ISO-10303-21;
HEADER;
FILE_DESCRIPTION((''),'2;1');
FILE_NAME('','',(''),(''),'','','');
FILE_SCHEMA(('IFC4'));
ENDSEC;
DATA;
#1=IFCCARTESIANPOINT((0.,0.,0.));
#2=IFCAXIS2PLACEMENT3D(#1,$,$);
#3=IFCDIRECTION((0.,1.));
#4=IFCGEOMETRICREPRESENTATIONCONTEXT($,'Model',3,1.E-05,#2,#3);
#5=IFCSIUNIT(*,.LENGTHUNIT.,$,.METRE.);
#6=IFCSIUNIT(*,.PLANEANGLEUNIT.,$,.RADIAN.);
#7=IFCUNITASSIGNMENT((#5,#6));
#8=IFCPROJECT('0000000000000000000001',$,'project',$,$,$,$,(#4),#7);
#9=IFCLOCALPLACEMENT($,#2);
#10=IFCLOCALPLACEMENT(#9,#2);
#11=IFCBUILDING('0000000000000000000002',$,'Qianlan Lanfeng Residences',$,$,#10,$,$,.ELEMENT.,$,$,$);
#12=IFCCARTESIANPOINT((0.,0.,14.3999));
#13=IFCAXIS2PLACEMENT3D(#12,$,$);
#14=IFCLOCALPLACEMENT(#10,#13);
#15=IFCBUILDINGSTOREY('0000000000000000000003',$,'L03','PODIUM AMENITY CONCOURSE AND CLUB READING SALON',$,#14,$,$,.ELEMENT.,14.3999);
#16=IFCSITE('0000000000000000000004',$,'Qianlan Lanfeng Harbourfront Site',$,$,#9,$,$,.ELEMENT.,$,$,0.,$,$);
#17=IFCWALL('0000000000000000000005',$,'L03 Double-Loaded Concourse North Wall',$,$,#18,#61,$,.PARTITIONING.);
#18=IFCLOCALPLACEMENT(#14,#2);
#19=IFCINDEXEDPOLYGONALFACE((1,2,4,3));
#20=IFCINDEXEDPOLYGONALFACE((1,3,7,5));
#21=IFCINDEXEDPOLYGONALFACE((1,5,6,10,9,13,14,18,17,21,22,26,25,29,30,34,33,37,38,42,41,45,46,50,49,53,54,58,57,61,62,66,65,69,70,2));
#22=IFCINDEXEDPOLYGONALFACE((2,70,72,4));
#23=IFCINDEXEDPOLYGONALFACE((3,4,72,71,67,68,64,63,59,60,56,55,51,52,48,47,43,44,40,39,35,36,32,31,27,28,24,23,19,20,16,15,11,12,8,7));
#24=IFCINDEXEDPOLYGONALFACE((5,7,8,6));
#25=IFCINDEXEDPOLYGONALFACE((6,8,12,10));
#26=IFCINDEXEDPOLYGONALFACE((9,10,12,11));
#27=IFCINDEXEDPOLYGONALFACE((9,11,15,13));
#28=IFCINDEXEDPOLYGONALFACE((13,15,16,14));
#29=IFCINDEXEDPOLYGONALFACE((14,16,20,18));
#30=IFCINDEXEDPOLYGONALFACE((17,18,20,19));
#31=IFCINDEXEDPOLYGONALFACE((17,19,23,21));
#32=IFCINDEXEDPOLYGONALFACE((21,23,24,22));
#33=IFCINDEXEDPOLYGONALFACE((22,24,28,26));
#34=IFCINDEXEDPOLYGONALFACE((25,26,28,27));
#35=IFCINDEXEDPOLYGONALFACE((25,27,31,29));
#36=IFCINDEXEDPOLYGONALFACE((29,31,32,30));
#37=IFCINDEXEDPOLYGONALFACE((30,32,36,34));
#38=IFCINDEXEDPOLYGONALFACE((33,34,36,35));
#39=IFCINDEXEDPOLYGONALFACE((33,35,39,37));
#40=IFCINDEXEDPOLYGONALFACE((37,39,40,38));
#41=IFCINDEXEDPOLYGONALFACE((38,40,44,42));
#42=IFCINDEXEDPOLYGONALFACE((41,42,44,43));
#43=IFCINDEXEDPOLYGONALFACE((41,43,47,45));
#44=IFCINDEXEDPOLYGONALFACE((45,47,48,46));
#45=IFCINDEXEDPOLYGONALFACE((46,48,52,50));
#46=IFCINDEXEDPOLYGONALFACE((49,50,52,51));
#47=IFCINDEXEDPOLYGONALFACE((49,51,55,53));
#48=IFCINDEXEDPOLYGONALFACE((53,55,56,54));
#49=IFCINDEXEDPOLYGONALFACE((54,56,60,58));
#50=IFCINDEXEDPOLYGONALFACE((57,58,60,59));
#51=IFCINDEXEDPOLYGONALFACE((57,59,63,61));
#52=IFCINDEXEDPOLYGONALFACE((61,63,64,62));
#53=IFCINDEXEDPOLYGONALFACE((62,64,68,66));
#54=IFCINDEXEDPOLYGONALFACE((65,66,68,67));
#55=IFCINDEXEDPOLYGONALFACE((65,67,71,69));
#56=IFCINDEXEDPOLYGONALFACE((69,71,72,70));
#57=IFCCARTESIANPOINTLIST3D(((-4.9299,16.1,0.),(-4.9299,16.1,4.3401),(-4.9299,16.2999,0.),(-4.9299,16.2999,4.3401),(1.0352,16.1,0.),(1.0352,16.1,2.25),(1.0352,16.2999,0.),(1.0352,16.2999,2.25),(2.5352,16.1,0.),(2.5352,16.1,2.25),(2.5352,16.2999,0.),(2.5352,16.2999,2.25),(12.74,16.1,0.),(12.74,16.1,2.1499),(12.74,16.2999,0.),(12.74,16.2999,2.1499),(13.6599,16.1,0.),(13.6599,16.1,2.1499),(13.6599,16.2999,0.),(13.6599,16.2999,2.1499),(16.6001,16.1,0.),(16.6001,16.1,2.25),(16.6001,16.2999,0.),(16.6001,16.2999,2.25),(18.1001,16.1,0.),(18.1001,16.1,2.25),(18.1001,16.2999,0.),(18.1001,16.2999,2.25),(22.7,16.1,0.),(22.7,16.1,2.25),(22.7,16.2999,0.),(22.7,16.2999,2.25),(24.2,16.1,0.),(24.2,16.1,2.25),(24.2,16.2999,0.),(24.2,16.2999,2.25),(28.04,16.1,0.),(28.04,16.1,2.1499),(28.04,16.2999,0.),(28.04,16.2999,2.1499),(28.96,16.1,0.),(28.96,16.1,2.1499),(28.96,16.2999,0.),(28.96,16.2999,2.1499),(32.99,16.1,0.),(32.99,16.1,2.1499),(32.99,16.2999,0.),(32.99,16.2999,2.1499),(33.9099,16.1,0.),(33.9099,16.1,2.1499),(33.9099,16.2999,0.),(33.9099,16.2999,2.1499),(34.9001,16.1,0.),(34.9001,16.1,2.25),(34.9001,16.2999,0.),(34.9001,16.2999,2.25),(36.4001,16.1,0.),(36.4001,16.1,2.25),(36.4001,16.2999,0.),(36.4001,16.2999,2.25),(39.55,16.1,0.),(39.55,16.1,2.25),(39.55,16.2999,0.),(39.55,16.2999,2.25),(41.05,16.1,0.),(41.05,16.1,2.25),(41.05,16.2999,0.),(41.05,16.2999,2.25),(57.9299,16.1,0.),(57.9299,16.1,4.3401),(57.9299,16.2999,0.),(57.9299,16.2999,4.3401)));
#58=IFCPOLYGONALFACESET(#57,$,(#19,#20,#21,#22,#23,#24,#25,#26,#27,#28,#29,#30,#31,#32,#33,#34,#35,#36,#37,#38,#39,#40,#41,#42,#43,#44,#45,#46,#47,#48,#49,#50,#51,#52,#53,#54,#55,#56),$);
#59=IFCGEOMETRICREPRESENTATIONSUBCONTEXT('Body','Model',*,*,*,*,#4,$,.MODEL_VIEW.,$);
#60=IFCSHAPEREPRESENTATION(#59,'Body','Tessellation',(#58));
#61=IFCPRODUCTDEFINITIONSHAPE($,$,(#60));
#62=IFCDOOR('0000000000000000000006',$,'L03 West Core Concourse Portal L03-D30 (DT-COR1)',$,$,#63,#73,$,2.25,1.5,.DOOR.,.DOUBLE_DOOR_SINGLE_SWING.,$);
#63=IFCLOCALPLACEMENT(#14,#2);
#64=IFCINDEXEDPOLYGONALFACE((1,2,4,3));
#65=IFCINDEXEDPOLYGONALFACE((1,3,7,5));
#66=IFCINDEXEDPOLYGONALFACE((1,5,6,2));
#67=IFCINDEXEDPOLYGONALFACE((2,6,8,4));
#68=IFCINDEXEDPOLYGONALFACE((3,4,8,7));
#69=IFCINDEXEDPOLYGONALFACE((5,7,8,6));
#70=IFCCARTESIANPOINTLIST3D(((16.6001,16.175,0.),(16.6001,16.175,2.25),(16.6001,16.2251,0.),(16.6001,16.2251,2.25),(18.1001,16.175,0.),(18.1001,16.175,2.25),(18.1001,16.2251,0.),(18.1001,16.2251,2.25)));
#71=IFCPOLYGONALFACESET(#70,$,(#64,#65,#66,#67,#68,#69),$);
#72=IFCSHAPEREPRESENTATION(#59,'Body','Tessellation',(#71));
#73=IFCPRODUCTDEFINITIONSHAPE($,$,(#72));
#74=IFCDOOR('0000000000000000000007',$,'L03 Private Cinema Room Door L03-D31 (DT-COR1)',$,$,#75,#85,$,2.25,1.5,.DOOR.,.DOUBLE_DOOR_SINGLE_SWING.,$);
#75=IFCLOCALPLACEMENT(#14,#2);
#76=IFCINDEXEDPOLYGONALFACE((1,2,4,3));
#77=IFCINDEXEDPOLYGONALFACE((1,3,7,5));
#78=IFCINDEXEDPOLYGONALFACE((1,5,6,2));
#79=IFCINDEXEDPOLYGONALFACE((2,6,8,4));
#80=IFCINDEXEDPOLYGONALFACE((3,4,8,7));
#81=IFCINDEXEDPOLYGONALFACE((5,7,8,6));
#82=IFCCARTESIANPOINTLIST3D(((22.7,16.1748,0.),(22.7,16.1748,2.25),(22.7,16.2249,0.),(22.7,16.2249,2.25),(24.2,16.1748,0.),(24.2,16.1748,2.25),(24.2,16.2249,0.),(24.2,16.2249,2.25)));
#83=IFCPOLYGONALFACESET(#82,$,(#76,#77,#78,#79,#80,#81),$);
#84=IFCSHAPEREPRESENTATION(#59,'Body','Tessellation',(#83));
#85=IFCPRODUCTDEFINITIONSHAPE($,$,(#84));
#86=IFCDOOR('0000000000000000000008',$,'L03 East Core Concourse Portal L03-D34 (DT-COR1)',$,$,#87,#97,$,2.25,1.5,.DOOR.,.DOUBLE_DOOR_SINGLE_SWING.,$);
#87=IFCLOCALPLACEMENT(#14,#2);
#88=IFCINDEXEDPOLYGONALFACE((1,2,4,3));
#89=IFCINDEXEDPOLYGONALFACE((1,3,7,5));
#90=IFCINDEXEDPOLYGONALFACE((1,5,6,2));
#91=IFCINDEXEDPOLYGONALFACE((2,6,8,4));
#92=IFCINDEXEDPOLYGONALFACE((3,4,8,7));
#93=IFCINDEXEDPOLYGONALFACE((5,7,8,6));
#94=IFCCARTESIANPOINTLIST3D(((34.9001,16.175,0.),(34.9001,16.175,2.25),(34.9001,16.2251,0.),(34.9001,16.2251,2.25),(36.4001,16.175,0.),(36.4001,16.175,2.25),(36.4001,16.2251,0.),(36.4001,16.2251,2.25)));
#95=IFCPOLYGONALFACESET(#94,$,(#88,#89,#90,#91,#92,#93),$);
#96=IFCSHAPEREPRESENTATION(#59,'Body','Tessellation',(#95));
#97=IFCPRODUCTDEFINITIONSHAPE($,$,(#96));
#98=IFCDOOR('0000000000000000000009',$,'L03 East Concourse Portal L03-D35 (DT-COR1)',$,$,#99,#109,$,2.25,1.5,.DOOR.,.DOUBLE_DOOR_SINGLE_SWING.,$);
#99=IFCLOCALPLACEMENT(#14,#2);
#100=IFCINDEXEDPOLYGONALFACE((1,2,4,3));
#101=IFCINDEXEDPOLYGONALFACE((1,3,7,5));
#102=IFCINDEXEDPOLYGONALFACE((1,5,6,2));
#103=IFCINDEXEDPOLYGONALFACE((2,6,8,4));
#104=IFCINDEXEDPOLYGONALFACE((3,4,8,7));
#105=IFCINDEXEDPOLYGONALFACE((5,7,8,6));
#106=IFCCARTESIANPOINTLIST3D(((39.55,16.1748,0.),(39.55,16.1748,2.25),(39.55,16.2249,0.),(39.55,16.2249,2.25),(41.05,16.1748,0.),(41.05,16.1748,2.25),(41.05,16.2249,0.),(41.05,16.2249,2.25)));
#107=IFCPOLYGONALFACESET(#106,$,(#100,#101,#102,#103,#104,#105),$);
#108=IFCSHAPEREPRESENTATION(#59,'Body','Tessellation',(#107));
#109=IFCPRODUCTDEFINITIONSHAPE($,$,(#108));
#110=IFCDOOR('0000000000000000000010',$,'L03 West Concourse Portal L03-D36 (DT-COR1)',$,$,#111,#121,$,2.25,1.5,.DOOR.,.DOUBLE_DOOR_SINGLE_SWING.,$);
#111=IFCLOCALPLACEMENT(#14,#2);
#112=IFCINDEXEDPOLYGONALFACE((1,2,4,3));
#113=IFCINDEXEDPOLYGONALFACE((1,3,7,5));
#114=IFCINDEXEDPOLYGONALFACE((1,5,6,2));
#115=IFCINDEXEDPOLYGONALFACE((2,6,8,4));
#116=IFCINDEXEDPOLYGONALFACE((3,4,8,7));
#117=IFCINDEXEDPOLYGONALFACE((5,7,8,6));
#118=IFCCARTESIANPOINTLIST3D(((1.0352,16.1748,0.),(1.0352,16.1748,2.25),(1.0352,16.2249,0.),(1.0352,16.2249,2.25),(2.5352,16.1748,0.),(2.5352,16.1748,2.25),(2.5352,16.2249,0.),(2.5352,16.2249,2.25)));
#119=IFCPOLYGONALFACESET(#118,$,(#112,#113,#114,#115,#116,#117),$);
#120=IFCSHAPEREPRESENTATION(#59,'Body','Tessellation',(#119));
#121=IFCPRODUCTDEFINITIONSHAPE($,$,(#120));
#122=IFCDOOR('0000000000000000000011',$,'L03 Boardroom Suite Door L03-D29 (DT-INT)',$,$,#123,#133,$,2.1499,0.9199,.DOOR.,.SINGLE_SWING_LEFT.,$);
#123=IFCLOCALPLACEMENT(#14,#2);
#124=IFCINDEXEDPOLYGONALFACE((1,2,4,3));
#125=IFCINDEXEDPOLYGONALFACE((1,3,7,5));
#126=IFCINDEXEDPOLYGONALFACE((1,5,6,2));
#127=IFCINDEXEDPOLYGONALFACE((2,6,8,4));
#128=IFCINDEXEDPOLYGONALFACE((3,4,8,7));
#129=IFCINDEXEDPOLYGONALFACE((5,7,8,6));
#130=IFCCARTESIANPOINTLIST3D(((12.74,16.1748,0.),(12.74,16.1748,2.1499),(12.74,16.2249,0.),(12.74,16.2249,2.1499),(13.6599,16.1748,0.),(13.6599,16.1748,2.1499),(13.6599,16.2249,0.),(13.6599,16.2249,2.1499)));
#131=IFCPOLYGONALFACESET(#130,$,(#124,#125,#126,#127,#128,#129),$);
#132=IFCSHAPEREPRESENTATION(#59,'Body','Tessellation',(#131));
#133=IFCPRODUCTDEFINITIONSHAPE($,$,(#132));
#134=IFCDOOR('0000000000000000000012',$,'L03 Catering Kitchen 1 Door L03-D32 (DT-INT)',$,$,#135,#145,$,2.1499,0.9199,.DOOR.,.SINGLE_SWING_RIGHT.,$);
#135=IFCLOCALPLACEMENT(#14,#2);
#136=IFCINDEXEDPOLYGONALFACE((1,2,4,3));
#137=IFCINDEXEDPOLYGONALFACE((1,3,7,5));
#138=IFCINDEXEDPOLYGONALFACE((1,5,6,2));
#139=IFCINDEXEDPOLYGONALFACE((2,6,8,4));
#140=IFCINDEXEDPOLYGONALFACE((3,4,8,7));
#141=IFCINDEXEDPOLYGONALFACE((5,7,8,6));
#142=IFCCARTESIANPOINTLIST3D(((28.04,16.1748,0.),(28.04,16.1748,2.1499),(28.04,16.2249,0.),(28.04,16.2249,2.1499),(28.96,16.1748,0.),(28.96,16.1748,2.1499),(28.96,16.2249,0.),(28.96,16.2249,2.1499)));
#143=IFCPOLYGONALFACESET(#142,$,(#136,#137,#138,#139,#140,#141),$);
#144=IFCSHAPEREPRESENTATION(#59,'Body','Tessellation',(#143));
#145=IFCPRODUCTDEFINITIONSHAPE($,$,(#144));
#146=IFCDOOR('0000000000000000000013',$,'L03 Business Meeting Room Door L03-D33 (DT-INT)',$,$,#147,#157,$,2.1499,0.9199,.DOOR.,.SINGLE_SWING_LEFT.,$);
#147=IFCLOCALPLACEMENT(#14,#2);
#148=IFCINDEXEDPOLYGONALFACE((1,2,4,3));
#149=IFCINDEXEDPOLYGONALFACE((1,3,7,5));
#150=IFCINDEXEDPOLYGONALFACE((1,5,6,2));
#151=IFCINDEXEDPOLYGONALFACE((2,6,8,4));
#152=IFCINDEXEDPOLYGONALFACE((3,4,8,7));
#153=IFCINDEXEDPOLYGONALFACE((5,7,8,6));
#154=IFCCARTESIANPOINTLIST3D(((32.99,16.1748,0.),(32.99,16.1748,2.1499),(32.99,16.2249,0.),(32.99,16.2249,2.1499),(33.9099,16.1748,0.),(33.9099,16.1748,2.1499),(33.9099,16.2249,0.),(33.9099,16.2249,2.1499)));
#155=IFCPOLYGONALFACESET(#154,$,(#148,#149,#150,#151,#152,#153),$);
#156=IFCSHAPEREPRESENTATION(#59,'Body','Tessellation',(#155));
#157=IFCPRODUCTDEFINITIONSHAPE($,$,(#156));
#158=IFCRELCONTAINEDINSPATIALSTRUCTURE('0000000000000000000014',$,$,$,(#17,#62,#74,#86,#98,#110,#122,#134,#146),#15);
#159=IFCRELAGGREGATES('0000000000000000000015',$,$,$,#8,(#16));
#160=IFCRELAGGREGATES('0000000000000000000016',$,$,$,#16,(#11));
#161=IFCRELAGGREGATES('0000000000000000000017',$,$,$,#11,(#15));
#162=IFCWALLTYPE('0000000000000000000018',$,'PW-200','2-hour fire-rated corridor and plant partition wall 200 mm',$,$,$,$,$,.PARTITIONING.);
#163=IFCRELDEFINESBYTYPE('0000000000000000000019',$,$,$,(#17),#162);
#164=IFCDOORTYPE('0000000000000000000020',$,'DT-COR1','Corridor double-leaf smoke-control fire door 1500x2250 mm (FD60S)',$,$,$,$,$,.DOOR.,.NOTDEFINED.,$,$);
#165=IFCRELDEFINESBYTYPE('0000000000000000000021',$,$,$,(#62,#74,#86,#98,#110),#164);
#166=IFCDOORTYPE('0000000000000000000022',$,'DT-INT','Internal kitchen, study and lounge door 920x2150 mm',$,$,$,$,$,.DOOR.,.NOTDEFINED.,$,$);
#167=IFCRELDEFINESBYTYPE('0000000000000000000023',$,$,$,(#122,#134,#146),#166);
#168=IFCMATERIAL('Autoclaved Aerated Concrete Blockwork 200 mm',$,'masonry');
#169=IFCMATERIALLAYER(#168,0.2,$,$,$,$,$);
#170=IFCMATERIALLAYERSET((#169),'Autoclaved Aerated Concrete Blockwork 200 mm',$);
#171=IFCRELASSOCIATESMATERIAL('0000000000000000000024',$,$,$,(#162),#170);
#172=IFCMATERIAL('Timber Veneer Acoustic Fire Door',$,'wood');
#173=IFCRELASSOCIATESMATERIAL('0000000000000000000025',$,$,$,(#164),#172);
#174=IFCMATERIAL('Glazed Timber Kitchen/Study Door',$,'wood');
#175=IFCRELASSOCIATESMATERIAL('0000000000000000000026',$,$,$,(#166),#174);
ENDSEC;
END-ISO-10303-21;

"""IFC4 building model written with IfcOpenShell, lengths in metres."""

from ifc_helpers import new_model, si_unit, direction, frame, frame_2d, origin, place, context, subcontext, project, spatial, rectangle, extrude, material, layer, layer_set, type_object, element, fill, save


model = new_model("IFC4")

# Units and contexts
model_context = context("Model", 3, precision=1e-05, world=origin(), true_north=direction((0.0, 1.0)))
body_context = subcontext(model_context, "Body", "Model", "MODEL_VIEW")
ifc_project = project(units=[si_unit("LENGTHUNIT", "METRE"), si_unit("PLANEANGLEUNIT", "RADIAN")], contexts=[model_context])

# Site, building, storey
site_placement = place(None, origin())
site = spatial("IfcSite", under=ifc_project, at=site_placement, Name="Qianlan Lanfeng Harbourfront Site", CompositionType="ELEMENT", RefElevation=0.0)
building_placement = place(site_placement, origin())
building = spatial("IfcBuilding", under=site, at=building_placement, Name="Qianlan Lanfeng Residences", CompositionType="ELEMENT")
storey_placement = place(building_placement, frame((0.0, 0.0, 14.3999)))
storey = spatial("IfcBuildingStorey", under=building, at=storey_placement, Name="L03", Description="PODIUM AMENITY CONCOURSE AND CLUB READING SALON", CompositionType="ELEMENT", Elevation=14.3999)

# Wall, openings, doors
ifc_material_1 = material(Name="Autoclaved Aerated Concrete Blockwork 200 mm", Category="masonry")
ifc_layer_1 = layer(ifc_material_1, 0.2)
ifc_layer_set_1 = layer_set([ifc_layer_1], Name="Autoclaved Aerated Concrete Blockwork 200 mm")
wall_type = type_object("IfcWallType", Name="PW-200", Description="2-hour fire-rated corridor and plant partition wall 200 mm", PredefinedType="PARTITIONING", material=ifc_layer_set_1)
wall_placement = place(storey_placement, frame((-4.9299, 16.2, 0.0), z_axis=(0.0, 0.0, 1.0), x_axis=(1.0, 0.0, 0.0)))
wall = element("IfcWall", 1, at=wall_placement, inside=storey, type_object=wall_type, Name="L03 Double-Loaded Concourse North Wall", PredefinedType="PARTITIONING", context=body_context, shape_type="SweptSolid", body=[
    extrude(rectangle(XDim=62.8599, YDim=0.2, at=frame_2d((31.4299, 0.0))), origin(), (0.0, 0.0, 1.0), 4.3401),
])
opening_1_placement = place(wall_placement, frame((17.6699, 0.0, 0.0)))
opening_1 = element("IfcOpeningElement", 2, at=opening_1_placement, cuts=wall, PredefinedType="OPENING", context=body_context, shape_type="SweptSolid", body=[
    extrude(rectangle(XDim=0.9199, YDim=2.1499, at=frame_2d((0.46, 1.075))), frame((0.0, 0.1099, 0.0), z_axis=(0.0, -1.0, 0.0), x_axis=(1.0, 0.0, 0.0)), (0.0, 0.0, 1.0), 0.22),
])
opening_2_placement = place(wall_placement, frame((21.53, 0.0, 0.0)))
opening_2 = element("IfcOpeningElement", 3, at=opening_2_placement, cuts=wall, PredefinedType="OPENING", context=body_context, shape_type="SweptSolid", body=[
    extrude(rectangle(XDim=1.5, YDim=2.25, at=frame_2d((0.75, 1.125))), frame((0.0, 0.1099, 0.0), z_axis=(0.0, -1.0, 0.0), x_axis=(1.0, 0.0, 0.0)), (0.0, 0.0, 1.0), 0.22),
])
opening_3_placement = place(wall_placement, frame((27.6299, 0.0, 0.0)))
opening_3 = element("IfcOpeningElement", 4, at=opening_3_placement, cuts=wall, PredefinedType="OPENING", context=body_context, shape_type="SweptSolid", body=[
    extrude(rectangle(XDim=1.5, YDim=2.25, at=frame_2d((0.75, 1.125))), frame((0.0, 0.1099, 0.0), z_axis=(0.0, -1.0, 0.0), x_axis=(1.0, 0.0, 0.0)), (0.0, 0.0, 1.0), 0.22),
])
opening_4_placement = place(wall_placement, frame((32.97, 0.0, 0.0)))
opening_4 = element("IfcOpeningElement", 5, at=opening_4_placement, cuts=wall, PredefinedType="OPENING", context=body_context, shape_type="SweptSolid", body=[
    extrude(rectangle(XDim=0.9199, YDim=2.1499, at=frame_2d((0.46, 1.075))), frame((0.0, 0.1099, 0.0), z_axis=(0.0, -1.0, 0.0), x_axis=(1.0, 0.0, 0.0)), (0.0, 0.0, 1.0), 0.22),
])
opening_5_placement = place(wall_placement, frame((37.9199, 0.0, 0.0)))
opening_5 = element("IfcOpeningElement", 6, at=opening_5_placement, cuts=wall, PredefinedType="OPENING", context=body_context, shape_type="SweptSolid", body=[
    extrude(rectangle(XDim=0.9199, YDim=2.1499, at=frame_2d((0.46, 1.075))), frame((0.0, 0.1099, 0.0), z_axis=(0.0, -1.0, 0.0), x_axis=(1.0, 0.0, 0.0)), (0.0, 0.0, 1.0), 0.22),
])
opening_6_placement = place(wall_placement, frame((39.8301, 0.0, 0.0)))
opening_6 = element("IfcOpeningElement", 7, at=opening_6_placement, cuts=wall, PredefinedType="OPENING", context=body_context, shape_type="SweptSolid", body=[
    extrude(rectangle(XDim=1.5, YDim=2.25, at=frame_2d((0.75, 1.125))), frame((0.0, 0.1099, 0.0), z_axis=(0.0, -1.0, 0.0), x_axis=(1.0, 0.0, 0.0)), (0.0, 0.0, 1.0), 0.22),
])
opening_7_placement = place(wall_placement, frame((44.48, 0.0, 0.0)))
opening_7 = element("IfcOpeningElement", 8, at=opening_7_placement, cuts=wall, PredefinedType="OPENING", context=body_context, shape_type="SweptSolid", body=[
    extrude(rectangle(XDim=1.5, YDim=2.25, at=frame_2d((0.75, 1.125))), frame((0.0, 0.1099, 0.0), z_axis=(0.0, -1.0, 0.0), x_axis=(1.0, 0.0, 0.0)), (0.0, 0.0, 1.0), 0.22),
])
opening_8_placement = place(wall_placement, frame((5.9651, 0.0, 0.0)))
opening_8 = element("IfcOpeningElement", 9, at=opening_8_placement, cuts=wall, PredefinedType="OPENING", context=body_context, shape_type="SweptSolid", body=[
    extrude(rectangle(XDim=1.5, YDim=2.25, at=frame_2d((0.75, 1.125))), frame((0.0, 0.1099, 0.0), z_axis=(0.0, -1.0, 0.0), x_axis=(1.0, 0.0, 0.0)), (0.0, 0.0, 1.0), 0.22),
])
ifc_material_2 = material(Name="Timber Veneer Acoustic Fire Door", Category="wood")
door_type_1 = type_object("IfcDoorType", Name="DT-COR1", Description="Corridor double-leaf smoke-control fire door 1500x2250 mm (FD60S)", OperationType="NOTDEFINED", PredefinedType="DOOR", material=ifc_material_2)
door_1_placement = place(opening_2_placement, frame((1.5, 0.0, 0.0), z_axis=(0.0, 0.0, 1.0), x_axis=(-1.0, 0.0, 0.0)))
door_1 = element("IfcDoor", 10, at=door_1_placement, inside=storey, type_object=door_type_1, Name="L03 West Core Concourse Portal L03-D30 (DT-COR1)", OperationType="DOUBLE_DOOR_SINGLE_SWING", OverallHeight=2.25, OverallWidth=1.5, PredefinedType="DOOR", context=body_context, shape_type="SweptSolid", body=[
    extrude(rectangle(XDim=1.5, YDim=2.25, at=frame_2d((0.75, 1.125))), frame((0.0, 0.0249, 0.0), z_axis=(0.0, -1.0, 0.0), x_axis=(1.0, 0.0, 0.0)), (0.0, 0.0, 1.0), 0.05),
])
fill(opening_2, door_1)
door_2_placement = place(opening_3_placement, origin())
door_2 = element("IfcDoor", 11, at=door_2_placement, inside=storey, type_object=door_type_1, Name="L03 Private Cinema Room Door L03-D31 (DT-COR1)", OperationType="DOUBLE_DOOR_SINGLE_SWING", OverallHeight=2.25, OverallWidth=1.5, PredefinedType="DOOR", context=body_context, shape_type="SweptSolid", body=[
    extrude(rectangle(XDim=1.5, YDim=2.25, at=frame_2d((0.75, 1.125))), frame((0.0, 0.0249, 0.0), z_axis=(0.0, -1.0, 0.0), x_axis=(1.0, 0.0, 0.0)), (0.0, 0.0, 1.0), 0.05),
])
fill(opening_3, door_2)
door_3_placement = place(opening_6_placement, frame((1.5, 0.0, 0.0), z_axis=(0.0, 0.0, 1.0), x_axis=(-1.0, 0.0, 0.0)))
door_3 = element("IfcDoor", 12, at=door_3_placement, inside=storey, type_object=door_type_1, Name="L03 East Core Concourse Portal L03-D34 (DT-COR1)", OperationType="DOUBLE_DOOR_SINGLE_SWING", OverallHeight=2.25, OverallWidth=1.5, PredefinedType="DOOR", context=body_context, shape_type="SweptSolid", body=[
    extrude(rectangle(XDim=1.5, YDim=2.25, at=frame_2d((0.75, 1.125))), frame((0.0, 0.0249, 0.0), z_axis=(0.0, -1.0, 0.0), x_axis=(1.0, 0.0, 0.0)), (0.0, 0.0, 1.0), 0.05),
])
fill(opening_6, door_3)
door_4_placement = place(opening_7_placement, origin())
door_4 = element("IfcDoor", 13, at=door_4_placement, inside=storey, type_object=door_type_1, Name="L03 East Concourse Portal L03-D35 (DT-COR1)", OperationType="DOUBLE_DOOR_SINGLE_SWING", OverallHeight=2.25, OverallWidth=1.5, PredefinedType="DOOR", context=body_context, shape_type="SweptSolid", body=[
    extrude(rectangle(XDim=1.5, YDim=2.25, at=frame_2d((0.75, 1.125))), frame((0.0, 0.0249, 0.0), z_axis=(0.0, -1.0, 0.0), x_axis=(1.0, 0.0, 0.0)), (0.0, 0.0, 1.0), 0.05),
])
fill(opening_7, door_4)
door_5_placement = place(opening_8_placement, origin())
door_5 = element("IfcDoor", 14, at=door_5_placement, inside=storey, type_object=door_type_1, Name="L03 West Concourse Portal L03-D36 (DT-COR1)", OperationType="DOUBLE_DOOR_SINGLE_SWING", OverallHeight=2.25, OverallWidth=1.5, PredefinedType="DOOR", context=body_context, shape_type="SweptSolid", body=[
    extrude(rectangle(XDim=1.5, YDim=2.25, at=frame_2d((0.75, 1.125))), frame((0.0, 0.0249, 0.0), z_axis=(0.0, -1.0, 0.0), x_axis=(1.0, 0.0, 0.0)), (0.0, 0.0, 1.0), 0.05),
])
fill(opening_8, door_5)
ifc_material_3 = material(Name="Glazed Timber Kitchen/Study Door", Category="wood")
door_type_2 = type_object("IfcDoorType", Name="DT-INT", Description="Internal kitchen, study and lounge door 920x2150 mm", OperationType="NOTDEFINED", PredefinedType="DOOR", material=ifc_material_3)
door_6_placement = place(opening_1_placement, origin())
door_6 = element("IfcDoor", 15, at=door_6_placement, inside=storey, type_object=door_type_2, Name="L03 Boardroom Suite Door L03-D29 (DT-INT)", OperationType="SINGLE_SWING_LEFT", OverallHeight=2.1499, OverallWidth=0.9199, PredefinedType="DOOR", context=body_context, shape_type="SweptSolid", body=[
    extrude(rectangle(XDim=0.9199, YDim=2.1499, at=frame_2d((0.46, 1.075))), frame((0.0, 0.0249, 0.0), z_axis=(0.0, -1.0, 0.0), x_axis=(1.0, 0.0, 0.0)), (0.0, 0.0, 1.0), 0.05),
])
fill(opening_1, door_6)
door_7_placement = place(opening_4_placement, origin())
door_7 = element("IfcDoor", 16, at=door_7_placement, inside=storey, type_object=door_type_2, Name="L03 Catering Kitchen 1 Door L03-D32 (DT-INT)", OperationType="SINGLE_SWING_RIGHT", OverallHeight=2.1499, OverallWidth=0.9199, PredefinedType="DOOR", context=body_context, shape_type="SweptSolid", body=[
    extrude(rectangle(XDim=0.9199, YDim=2.1499, at=frame_2d((0.46, 1.075))), frame((0.0, 0.0249, 0.0), z_axis=(0.0, -1.0, 0.0), x_axis=(1.0, 0.0, 0.0)), (0.0, 0.0, 1.0), 0.05),
])
fill(opening_4, door_7)
door_8_placement = place(opening_5_placement, origin())
door_8 = element("IfcDoor", 17, at=door_8_placement, inside=storey, type_object=door_type_2, Name="L03 Business Meeting Room Door L03-D33 (DT-INT)", OperationType="SINGLE_SWING_LEFT", OverallHeight=2.1499, OverallWidth=0.9199, PredefinedType="DOOR", context=body_context, shape_type="SweptSolid", body=[
    extrude(rectangle(XDim=0.9199, YDim=2.1499, at=frame_2d((0.46, 1.075))), frame((0.0, 0.0249, 0.0), z_axis=(0.0, -1.0, 0.0), x_axis=(1.0, 0.0, 0.0)), (0.0, 0.0, 1.0), 0.05),
])
fill(opening_5, door_8)

save(model, "model.ifc")
